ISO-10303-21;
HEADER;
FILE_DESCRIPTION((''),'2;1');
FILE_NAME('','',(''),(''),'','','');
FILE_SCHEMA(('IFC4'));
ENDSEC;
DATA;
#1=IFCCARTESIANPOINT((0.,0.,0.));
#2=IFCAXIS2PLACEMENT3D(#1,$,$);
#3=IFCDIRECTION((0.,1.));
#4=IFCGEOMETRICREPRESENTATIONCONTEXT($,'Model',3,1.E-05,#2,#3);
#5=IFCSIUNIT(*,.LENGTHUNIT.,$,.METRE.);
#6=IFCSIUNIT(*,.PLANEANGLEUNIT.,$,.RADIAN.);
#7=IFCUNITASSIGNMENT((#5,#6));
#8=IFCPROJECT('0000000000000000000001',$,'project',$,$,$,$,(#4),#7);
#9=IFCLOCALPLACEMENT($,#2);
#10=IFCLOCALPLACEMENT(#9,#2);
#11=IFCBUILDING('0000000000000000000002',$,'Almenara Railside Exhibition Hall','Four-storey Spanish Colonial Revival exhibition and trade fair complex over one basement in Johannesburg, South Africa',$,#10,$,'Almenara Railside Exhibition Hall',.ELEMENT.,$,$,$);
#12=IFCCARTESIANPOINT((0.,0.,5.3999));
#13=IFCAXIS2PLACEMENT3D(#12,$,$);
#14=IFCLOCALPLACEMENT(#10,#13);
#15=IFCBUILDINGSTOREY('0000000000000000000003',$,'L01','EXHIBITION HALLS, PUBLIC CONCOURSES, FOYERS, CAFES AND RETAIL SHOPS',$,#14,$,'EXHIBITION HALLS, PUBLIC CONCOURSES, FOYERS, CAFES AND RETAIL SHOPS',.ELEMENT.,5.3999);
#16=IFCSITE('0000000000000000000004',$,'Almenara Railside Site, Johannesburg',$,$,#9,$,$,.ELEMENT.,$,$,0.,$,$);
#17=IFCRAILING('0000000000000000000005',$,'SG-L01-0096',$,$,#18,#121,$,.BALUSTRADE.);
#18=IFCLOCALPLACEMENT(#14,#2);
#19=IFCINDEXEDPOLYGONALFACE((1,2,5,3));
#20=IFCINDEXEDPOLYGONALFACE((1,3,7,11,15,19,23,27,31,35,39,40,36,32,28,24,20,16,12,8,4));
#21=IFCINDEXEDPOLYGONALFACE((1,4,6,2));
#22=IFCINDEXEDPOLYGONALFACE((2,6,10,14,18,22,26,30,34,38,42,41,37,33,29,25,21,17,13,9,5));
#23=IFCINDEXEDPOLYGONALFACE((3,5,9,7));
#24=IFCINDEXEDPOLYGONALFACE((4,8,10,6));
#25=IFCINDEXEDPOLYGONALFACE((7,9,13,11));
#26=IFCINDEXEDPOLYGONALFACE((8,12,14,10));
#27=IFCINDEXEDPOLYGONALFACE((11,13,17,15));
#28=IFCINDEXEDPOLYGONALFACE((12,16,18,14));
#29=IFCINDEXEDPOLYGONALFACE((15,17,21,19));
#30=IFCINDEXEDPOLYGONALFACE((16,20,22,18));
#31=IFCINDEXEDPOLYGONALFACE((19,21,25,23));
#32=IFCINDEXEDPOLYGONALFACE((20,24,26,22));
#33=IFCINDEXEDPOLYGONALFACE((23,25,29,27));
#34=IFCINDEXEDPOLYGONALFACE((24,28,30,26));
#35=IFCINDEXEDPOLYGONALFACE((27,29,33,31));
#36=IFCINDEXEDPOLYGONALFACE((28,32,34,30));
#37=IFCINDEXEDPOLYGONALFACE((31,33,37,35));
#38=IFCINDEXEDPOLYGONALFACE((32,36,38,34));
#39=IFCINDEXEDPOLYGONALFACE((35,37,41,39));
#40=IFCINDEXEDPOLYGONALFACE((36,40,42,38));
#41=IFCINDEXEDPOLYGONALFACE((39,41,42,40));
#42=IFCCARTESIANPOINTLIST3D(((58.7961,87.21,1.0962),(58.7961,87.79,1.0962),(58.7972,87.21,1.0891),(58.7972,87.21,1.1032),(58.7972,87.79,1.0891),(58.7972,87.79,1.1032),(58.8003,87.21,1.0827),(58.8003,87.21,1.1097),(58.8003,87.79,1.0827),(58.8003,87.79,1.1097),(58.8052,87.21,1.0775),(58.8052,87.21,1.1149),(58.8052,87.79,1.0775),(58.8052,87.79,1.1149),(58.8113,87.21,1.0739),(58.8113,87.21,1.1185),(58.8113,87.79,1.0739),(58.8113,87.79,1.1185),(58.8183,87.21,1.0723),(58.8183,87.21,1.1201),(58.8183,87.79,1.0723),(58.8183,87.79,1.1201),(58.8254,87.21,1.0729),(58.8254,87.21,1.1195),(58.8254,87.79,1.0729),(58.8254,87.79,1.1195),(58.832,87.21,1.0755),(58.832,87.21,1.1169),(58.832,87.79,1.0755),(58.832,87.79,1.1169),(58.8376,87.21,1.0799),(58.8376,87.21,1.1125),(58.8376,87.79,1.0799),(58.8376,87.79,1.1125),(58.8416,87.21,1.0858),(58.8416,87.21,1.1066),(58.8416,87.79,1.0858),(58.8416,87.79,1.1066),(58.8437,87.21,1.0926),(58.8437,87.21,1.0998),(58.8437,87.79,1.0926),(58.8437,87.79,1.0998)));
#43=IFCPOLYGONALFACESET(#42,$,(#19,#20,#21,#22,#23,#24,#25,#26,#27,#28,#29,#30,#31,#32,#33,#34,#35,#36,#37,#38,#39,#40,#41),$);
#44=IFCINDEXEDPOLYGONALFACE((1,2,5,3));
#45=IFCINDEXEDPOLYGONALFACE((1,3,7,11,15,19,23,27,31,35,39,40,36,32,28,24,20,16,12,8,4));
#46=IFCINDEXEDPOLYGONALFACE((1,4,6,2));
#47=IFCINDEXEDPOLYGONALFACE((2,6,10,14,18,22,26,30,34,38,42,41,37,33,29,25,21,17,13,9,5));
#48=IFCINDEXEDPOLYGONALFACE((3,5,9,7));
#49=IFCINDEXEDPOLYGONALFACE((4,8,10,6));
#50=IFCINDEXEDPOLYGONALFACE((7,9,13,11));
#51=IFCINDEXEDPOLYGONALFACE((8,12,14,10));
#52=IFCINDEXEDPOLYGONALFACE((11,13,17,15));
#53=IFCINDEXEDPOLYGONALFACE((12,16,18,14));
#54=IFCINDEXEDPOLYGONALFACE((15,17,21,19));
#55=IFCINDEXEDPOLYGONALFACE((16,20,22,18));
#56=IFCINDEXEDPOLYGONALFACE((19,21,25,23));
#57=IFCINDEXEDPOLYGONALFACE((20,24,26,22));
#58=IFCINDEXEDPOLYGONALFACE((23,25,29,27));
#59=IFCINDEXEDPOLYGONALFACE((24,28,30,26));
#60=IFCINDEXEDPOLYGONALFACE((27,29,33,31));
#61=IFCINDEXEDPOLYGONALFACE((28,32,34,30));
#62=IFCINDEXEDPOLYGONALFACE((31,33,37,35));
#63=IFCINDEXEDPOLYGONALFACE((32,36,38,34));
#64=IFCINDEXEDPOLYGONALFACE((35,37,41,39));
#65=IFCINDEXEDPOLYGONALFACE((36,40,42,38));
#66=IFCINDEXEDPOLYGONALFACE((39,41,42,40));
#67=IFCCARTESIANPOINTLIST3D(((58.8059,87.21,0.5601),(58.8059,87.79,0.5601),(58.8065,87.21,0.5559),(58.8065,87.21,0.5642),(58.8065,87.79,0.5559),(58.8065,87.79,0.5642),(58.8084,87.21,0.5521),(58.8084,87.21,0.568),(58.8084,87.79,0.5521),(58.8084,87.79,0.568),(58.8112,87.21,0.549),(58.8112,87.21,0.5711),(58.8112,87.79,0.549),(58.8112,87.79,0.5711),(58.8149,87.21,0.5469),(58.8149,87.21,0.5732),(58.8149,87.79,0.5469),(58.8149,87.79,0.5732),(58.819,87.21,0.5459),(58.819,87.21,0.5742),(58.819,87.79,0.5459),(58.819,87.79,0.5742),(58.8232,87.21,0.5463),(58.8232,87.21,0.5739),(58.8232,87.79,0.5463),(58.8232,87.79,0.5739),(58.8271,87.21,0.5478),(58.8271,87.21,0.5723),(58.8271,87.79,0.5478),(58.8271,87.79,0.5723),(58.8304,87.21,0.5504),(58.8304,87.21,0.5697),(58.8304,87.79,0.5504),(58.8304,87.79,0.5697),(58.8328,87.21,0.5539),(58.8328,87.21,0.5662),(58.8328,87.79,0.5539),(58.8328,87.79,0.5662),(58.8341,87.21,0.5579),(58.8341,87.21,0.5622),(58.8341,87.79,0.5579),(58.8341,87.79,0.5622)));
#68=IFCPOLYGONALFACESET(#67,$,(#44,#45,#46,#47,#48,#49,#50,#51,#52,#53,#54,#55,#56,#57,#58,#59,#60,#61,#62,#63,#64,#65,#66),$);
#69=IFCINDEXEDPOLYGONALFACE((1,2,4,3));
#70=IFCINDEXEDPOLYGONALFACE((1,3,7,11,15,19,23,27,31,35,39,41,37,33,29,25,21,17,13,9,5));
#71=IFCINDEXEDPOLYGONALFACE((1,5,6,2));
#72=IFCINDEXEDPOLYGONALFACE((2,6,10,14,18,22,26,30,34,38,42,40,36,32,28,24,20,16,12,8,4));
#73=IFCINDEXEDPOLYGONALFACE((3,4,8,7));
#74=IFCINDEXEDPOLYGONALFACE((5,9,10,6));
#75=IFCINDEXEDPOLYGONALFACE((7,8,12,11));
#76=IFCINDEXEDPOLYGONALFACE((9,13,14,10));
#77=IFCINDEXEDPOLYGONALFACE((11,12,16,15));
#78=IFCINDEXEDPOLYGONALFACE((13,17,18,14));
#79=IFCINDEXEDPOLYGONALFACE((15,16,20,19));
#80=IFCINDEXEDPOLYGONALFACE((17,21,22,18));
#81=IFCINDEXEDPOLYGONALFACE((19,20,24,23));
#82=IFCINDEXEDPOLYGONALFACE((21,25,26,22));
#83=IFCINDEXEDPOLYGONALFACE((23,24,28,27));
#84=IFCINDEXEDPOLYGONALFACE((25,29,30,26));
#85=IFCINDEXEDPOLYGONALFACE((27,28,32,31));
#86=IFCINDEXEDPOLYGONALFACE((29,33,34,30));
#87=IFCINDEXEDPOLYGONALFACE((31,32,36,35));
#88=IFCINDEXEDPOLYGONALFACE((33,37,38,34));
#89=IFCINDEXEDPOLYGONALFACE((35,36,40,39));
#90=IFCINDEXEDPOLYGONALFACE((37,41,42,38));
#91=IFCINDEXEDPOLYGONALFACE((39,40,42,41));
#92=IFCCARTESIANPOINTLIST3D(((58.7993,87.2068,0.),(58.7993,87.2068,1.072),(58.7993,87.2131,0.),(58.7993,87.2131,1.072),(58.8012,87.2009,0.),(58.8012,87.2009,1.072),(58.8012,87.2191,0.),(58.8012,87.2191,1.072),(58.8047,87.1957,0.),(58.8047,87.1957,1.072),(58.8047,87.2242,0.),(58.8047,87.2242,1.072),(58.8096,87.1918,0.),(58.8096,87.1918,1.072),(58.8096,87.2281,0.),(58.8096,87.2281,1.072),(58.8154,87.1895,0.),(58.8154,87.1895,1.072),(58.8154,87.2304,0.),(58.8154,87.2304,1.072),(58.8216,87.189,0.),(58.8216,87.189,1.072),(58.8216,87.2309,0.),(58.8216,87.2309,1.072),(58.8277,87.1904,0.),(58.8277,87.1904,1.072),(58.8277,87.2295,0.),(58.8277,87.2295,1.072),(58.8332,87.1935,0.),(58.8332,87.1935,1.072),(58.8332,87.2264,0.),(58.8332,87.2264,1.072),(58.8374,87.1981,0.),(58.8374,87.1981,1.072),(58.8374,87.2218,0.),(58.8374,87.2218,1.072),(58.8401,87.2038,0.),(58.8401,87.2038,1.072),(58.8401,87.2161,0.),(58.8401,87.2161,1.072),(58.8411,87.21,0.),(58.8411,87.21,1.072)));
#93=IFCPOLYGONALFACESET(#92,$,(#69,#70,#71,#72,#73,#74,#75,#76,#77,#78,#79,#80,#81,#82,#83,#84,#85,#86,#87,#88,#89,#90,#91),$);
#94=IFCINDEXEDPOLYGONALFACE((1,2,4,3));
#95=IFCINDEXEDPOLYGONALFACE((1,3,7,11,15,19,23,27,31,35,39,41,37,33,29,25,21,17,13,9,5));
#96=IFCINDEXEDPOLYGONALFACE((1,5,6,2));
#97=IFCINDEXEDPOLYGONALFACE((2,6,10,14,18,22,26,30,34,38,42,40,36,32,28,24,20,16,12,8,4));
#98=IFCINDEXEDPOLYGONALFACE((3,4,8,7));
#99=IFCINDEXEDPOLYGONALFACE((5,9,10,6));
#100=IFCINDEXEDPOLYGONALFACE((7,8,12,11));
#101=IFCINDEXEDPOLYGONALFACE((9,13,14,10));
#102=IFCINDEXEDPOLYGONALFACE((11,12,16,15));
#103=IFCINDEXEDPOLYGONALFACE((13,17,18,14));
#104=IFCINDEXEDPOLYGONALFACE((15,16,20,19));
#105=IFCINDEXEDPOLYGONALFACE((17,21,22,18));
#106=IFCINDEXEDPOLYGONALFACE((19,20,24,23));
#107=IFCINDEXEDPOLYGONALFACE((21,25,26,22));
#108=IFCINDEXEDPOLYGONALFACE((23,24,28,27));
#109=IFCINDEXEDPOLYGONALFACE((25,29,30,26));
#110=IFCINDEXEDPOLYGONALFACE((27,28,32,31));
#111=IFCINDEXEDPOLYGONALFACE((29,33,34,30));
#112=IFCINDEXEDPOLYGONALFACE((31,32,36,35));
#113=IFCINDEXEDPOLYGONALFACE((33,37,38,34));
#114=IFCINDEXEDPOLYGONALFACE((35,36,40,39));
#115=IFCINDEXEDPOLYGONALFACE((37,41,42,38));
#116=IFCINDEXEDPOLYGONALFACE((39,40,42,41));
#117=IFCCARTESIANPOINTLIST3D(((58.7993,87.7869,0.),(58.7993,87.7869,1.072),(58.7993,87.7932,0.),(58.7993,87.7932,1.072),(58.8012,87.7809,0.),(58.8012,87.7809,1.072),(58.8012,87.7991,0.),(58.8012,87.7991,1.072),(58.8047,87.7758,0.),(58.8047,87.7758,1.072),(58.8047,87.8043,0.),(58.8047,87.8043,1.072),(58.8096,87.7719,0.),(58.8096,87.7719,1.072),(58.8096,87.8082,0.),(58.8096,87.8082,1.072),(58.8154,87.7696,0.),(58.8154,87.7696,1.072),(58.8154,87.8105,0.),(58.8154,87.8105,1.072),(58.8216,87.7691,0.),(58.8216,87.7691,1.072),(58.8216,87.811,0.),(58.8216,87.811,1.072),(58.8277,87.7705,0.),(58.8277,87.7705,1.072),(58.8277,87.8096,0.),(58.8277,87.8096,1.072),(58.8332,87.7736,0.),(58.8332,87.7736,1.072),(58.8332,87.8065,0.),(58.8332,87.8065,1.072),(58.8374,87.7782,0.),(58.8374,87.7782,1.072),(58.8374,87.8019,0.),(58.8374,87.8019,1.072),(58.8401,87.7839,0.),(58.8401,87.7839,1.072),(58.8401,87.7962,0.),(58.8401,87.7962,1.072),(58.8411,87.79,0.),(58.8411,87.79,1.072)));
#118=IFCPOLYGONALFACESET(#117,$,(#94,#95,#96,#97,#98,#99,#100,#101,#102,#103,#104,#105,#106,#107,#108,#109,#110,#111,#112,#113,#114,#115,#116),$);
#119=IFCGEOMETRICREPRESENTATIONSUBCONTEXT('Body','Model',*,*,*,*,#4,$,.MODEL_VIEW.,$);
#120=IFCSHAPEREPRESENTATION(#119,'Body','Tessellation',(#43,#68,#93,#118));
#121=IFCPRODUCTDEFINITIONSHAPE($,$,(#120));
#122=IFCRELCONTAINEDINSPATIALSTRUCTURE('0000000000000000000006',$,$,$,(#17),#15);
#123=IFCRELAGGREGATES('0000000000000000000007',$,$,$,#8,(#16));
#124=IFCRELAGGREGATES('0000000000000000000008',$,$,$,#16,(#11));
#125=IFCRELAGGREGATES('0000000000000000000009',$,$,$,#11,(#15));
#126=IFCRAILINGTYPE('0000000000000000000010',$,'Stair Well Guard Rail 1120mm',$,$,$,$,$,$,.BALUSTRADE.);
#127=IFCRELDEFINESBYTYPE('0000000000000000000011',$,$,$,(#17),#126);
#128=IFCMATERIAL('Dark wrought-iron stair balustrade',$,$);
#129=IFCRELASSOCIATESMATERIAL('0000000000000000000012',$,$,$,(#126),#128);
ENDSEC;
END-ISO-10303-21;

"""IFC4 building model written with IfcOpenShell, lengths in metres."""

from ifc_helpers import new_model, si_unit, direction, frame, origin, origin_2d, place, context, subcontext, project, spatial, circle, extrude, material, type_object, element, save


model = new_model("IFC4")

# Units and contexts
model_context = context("Model", 3, precision=1e-05, world=origin(), true_north=direction((0.0, 1.0)))
body_context = subcontext(model_context, "Body", "Model", "MODEL_VIEW")
ifc_project = project(units=[si_unit("LENGTHUNIT", "METRE"), si_unit("PLANEANGLEUNIT", "RADIAN")], contexts=[model_context])

# Site, building, storey
site_placement = place(None, origin())
site = spatial("IfcSite", under=ifc_project, at=site_placement, Name="Almenara Railside Site, Johannesburg", CompositionType="ELEMENT", RefElevation=0.0)
building_placement = place(site_placement, origin())
building = spatial("IfcBuilding", under=site, at=building_placement, Name="Almenara Railside Exhibition Hall", Description="Four-storey Spanish Colonial Revival exhibition and trade fair complex over one basement in Johannesburg, South Africa", LongName="Almenara Railside Exhibition Hall", CompositionType="ELEMENT")
storey_placement = place(building_placement, frame((0.0, 0.0, 5.3999)))
storey = spatial("IfcBuildingStorey", under=building, at=storey_placement, Name="L01", Description="EXHIBITION HALLS, PUBLIC CONCOURSES, FOYERS, CAFES AND RETAIL SHOPS", LongName="EXHIBITION HALLS, PUBLIC CONCOURSES, FOYERS, CAFES AND RETAIL SHOPS", CompositionType="ELEMENT", Elevation=5.3999)

# Railing
ifc_material_1 = material(Name="Dark wrought-iron stair balustrade")
railing_type_1 = type_object("IfcRailingType", Name="Stair Well Guard Rail 1120mm", PredefinedType="BALUSTRADE", material=ifc_material_1)
railing_1_placement = place(storey_placement, frame((58.8201, 87.21, 0.0)))
element("IfcRailing", 1, at=railing_1_placement, inside=storey, type_object=railing_type_1, Name="SG-L01-0096", PredefinedType="BALUSTRADE", context=body_context, shape_type="SweptSolid", body=[
    extrude(circle(Radius=0.0239, at=origin_2d()), frame((0.0, 0.0, 1.0962), z_axis=(0.0, 1.0, 0.0), x_axis=(-1.0, 0.0, 0.0)), (0.0, 0.0, 1.0), 0.5801),
    extrude(circle(Radius=0.0142, at=origin_2d()), frame((0.0, 0.0, 0.5601), z_axis=(0.0, 1.0, 0.0), x_axis=(-1.0, 0.0, 0.0)), (0.0, 0.0, 1.0), 0.5801),
    extrude(circle(Radius=0.021, at=origin_2d()), origin(), (0.0, 0.0, 1.0), 1.072),
    extrude(circle(Radius=0.021, at=origin_2d()), frame((0.0, 0.5801, 0.0)), (0.0, 0.0, 1.0), 1.072),
])

save(model, "model.ifc")
